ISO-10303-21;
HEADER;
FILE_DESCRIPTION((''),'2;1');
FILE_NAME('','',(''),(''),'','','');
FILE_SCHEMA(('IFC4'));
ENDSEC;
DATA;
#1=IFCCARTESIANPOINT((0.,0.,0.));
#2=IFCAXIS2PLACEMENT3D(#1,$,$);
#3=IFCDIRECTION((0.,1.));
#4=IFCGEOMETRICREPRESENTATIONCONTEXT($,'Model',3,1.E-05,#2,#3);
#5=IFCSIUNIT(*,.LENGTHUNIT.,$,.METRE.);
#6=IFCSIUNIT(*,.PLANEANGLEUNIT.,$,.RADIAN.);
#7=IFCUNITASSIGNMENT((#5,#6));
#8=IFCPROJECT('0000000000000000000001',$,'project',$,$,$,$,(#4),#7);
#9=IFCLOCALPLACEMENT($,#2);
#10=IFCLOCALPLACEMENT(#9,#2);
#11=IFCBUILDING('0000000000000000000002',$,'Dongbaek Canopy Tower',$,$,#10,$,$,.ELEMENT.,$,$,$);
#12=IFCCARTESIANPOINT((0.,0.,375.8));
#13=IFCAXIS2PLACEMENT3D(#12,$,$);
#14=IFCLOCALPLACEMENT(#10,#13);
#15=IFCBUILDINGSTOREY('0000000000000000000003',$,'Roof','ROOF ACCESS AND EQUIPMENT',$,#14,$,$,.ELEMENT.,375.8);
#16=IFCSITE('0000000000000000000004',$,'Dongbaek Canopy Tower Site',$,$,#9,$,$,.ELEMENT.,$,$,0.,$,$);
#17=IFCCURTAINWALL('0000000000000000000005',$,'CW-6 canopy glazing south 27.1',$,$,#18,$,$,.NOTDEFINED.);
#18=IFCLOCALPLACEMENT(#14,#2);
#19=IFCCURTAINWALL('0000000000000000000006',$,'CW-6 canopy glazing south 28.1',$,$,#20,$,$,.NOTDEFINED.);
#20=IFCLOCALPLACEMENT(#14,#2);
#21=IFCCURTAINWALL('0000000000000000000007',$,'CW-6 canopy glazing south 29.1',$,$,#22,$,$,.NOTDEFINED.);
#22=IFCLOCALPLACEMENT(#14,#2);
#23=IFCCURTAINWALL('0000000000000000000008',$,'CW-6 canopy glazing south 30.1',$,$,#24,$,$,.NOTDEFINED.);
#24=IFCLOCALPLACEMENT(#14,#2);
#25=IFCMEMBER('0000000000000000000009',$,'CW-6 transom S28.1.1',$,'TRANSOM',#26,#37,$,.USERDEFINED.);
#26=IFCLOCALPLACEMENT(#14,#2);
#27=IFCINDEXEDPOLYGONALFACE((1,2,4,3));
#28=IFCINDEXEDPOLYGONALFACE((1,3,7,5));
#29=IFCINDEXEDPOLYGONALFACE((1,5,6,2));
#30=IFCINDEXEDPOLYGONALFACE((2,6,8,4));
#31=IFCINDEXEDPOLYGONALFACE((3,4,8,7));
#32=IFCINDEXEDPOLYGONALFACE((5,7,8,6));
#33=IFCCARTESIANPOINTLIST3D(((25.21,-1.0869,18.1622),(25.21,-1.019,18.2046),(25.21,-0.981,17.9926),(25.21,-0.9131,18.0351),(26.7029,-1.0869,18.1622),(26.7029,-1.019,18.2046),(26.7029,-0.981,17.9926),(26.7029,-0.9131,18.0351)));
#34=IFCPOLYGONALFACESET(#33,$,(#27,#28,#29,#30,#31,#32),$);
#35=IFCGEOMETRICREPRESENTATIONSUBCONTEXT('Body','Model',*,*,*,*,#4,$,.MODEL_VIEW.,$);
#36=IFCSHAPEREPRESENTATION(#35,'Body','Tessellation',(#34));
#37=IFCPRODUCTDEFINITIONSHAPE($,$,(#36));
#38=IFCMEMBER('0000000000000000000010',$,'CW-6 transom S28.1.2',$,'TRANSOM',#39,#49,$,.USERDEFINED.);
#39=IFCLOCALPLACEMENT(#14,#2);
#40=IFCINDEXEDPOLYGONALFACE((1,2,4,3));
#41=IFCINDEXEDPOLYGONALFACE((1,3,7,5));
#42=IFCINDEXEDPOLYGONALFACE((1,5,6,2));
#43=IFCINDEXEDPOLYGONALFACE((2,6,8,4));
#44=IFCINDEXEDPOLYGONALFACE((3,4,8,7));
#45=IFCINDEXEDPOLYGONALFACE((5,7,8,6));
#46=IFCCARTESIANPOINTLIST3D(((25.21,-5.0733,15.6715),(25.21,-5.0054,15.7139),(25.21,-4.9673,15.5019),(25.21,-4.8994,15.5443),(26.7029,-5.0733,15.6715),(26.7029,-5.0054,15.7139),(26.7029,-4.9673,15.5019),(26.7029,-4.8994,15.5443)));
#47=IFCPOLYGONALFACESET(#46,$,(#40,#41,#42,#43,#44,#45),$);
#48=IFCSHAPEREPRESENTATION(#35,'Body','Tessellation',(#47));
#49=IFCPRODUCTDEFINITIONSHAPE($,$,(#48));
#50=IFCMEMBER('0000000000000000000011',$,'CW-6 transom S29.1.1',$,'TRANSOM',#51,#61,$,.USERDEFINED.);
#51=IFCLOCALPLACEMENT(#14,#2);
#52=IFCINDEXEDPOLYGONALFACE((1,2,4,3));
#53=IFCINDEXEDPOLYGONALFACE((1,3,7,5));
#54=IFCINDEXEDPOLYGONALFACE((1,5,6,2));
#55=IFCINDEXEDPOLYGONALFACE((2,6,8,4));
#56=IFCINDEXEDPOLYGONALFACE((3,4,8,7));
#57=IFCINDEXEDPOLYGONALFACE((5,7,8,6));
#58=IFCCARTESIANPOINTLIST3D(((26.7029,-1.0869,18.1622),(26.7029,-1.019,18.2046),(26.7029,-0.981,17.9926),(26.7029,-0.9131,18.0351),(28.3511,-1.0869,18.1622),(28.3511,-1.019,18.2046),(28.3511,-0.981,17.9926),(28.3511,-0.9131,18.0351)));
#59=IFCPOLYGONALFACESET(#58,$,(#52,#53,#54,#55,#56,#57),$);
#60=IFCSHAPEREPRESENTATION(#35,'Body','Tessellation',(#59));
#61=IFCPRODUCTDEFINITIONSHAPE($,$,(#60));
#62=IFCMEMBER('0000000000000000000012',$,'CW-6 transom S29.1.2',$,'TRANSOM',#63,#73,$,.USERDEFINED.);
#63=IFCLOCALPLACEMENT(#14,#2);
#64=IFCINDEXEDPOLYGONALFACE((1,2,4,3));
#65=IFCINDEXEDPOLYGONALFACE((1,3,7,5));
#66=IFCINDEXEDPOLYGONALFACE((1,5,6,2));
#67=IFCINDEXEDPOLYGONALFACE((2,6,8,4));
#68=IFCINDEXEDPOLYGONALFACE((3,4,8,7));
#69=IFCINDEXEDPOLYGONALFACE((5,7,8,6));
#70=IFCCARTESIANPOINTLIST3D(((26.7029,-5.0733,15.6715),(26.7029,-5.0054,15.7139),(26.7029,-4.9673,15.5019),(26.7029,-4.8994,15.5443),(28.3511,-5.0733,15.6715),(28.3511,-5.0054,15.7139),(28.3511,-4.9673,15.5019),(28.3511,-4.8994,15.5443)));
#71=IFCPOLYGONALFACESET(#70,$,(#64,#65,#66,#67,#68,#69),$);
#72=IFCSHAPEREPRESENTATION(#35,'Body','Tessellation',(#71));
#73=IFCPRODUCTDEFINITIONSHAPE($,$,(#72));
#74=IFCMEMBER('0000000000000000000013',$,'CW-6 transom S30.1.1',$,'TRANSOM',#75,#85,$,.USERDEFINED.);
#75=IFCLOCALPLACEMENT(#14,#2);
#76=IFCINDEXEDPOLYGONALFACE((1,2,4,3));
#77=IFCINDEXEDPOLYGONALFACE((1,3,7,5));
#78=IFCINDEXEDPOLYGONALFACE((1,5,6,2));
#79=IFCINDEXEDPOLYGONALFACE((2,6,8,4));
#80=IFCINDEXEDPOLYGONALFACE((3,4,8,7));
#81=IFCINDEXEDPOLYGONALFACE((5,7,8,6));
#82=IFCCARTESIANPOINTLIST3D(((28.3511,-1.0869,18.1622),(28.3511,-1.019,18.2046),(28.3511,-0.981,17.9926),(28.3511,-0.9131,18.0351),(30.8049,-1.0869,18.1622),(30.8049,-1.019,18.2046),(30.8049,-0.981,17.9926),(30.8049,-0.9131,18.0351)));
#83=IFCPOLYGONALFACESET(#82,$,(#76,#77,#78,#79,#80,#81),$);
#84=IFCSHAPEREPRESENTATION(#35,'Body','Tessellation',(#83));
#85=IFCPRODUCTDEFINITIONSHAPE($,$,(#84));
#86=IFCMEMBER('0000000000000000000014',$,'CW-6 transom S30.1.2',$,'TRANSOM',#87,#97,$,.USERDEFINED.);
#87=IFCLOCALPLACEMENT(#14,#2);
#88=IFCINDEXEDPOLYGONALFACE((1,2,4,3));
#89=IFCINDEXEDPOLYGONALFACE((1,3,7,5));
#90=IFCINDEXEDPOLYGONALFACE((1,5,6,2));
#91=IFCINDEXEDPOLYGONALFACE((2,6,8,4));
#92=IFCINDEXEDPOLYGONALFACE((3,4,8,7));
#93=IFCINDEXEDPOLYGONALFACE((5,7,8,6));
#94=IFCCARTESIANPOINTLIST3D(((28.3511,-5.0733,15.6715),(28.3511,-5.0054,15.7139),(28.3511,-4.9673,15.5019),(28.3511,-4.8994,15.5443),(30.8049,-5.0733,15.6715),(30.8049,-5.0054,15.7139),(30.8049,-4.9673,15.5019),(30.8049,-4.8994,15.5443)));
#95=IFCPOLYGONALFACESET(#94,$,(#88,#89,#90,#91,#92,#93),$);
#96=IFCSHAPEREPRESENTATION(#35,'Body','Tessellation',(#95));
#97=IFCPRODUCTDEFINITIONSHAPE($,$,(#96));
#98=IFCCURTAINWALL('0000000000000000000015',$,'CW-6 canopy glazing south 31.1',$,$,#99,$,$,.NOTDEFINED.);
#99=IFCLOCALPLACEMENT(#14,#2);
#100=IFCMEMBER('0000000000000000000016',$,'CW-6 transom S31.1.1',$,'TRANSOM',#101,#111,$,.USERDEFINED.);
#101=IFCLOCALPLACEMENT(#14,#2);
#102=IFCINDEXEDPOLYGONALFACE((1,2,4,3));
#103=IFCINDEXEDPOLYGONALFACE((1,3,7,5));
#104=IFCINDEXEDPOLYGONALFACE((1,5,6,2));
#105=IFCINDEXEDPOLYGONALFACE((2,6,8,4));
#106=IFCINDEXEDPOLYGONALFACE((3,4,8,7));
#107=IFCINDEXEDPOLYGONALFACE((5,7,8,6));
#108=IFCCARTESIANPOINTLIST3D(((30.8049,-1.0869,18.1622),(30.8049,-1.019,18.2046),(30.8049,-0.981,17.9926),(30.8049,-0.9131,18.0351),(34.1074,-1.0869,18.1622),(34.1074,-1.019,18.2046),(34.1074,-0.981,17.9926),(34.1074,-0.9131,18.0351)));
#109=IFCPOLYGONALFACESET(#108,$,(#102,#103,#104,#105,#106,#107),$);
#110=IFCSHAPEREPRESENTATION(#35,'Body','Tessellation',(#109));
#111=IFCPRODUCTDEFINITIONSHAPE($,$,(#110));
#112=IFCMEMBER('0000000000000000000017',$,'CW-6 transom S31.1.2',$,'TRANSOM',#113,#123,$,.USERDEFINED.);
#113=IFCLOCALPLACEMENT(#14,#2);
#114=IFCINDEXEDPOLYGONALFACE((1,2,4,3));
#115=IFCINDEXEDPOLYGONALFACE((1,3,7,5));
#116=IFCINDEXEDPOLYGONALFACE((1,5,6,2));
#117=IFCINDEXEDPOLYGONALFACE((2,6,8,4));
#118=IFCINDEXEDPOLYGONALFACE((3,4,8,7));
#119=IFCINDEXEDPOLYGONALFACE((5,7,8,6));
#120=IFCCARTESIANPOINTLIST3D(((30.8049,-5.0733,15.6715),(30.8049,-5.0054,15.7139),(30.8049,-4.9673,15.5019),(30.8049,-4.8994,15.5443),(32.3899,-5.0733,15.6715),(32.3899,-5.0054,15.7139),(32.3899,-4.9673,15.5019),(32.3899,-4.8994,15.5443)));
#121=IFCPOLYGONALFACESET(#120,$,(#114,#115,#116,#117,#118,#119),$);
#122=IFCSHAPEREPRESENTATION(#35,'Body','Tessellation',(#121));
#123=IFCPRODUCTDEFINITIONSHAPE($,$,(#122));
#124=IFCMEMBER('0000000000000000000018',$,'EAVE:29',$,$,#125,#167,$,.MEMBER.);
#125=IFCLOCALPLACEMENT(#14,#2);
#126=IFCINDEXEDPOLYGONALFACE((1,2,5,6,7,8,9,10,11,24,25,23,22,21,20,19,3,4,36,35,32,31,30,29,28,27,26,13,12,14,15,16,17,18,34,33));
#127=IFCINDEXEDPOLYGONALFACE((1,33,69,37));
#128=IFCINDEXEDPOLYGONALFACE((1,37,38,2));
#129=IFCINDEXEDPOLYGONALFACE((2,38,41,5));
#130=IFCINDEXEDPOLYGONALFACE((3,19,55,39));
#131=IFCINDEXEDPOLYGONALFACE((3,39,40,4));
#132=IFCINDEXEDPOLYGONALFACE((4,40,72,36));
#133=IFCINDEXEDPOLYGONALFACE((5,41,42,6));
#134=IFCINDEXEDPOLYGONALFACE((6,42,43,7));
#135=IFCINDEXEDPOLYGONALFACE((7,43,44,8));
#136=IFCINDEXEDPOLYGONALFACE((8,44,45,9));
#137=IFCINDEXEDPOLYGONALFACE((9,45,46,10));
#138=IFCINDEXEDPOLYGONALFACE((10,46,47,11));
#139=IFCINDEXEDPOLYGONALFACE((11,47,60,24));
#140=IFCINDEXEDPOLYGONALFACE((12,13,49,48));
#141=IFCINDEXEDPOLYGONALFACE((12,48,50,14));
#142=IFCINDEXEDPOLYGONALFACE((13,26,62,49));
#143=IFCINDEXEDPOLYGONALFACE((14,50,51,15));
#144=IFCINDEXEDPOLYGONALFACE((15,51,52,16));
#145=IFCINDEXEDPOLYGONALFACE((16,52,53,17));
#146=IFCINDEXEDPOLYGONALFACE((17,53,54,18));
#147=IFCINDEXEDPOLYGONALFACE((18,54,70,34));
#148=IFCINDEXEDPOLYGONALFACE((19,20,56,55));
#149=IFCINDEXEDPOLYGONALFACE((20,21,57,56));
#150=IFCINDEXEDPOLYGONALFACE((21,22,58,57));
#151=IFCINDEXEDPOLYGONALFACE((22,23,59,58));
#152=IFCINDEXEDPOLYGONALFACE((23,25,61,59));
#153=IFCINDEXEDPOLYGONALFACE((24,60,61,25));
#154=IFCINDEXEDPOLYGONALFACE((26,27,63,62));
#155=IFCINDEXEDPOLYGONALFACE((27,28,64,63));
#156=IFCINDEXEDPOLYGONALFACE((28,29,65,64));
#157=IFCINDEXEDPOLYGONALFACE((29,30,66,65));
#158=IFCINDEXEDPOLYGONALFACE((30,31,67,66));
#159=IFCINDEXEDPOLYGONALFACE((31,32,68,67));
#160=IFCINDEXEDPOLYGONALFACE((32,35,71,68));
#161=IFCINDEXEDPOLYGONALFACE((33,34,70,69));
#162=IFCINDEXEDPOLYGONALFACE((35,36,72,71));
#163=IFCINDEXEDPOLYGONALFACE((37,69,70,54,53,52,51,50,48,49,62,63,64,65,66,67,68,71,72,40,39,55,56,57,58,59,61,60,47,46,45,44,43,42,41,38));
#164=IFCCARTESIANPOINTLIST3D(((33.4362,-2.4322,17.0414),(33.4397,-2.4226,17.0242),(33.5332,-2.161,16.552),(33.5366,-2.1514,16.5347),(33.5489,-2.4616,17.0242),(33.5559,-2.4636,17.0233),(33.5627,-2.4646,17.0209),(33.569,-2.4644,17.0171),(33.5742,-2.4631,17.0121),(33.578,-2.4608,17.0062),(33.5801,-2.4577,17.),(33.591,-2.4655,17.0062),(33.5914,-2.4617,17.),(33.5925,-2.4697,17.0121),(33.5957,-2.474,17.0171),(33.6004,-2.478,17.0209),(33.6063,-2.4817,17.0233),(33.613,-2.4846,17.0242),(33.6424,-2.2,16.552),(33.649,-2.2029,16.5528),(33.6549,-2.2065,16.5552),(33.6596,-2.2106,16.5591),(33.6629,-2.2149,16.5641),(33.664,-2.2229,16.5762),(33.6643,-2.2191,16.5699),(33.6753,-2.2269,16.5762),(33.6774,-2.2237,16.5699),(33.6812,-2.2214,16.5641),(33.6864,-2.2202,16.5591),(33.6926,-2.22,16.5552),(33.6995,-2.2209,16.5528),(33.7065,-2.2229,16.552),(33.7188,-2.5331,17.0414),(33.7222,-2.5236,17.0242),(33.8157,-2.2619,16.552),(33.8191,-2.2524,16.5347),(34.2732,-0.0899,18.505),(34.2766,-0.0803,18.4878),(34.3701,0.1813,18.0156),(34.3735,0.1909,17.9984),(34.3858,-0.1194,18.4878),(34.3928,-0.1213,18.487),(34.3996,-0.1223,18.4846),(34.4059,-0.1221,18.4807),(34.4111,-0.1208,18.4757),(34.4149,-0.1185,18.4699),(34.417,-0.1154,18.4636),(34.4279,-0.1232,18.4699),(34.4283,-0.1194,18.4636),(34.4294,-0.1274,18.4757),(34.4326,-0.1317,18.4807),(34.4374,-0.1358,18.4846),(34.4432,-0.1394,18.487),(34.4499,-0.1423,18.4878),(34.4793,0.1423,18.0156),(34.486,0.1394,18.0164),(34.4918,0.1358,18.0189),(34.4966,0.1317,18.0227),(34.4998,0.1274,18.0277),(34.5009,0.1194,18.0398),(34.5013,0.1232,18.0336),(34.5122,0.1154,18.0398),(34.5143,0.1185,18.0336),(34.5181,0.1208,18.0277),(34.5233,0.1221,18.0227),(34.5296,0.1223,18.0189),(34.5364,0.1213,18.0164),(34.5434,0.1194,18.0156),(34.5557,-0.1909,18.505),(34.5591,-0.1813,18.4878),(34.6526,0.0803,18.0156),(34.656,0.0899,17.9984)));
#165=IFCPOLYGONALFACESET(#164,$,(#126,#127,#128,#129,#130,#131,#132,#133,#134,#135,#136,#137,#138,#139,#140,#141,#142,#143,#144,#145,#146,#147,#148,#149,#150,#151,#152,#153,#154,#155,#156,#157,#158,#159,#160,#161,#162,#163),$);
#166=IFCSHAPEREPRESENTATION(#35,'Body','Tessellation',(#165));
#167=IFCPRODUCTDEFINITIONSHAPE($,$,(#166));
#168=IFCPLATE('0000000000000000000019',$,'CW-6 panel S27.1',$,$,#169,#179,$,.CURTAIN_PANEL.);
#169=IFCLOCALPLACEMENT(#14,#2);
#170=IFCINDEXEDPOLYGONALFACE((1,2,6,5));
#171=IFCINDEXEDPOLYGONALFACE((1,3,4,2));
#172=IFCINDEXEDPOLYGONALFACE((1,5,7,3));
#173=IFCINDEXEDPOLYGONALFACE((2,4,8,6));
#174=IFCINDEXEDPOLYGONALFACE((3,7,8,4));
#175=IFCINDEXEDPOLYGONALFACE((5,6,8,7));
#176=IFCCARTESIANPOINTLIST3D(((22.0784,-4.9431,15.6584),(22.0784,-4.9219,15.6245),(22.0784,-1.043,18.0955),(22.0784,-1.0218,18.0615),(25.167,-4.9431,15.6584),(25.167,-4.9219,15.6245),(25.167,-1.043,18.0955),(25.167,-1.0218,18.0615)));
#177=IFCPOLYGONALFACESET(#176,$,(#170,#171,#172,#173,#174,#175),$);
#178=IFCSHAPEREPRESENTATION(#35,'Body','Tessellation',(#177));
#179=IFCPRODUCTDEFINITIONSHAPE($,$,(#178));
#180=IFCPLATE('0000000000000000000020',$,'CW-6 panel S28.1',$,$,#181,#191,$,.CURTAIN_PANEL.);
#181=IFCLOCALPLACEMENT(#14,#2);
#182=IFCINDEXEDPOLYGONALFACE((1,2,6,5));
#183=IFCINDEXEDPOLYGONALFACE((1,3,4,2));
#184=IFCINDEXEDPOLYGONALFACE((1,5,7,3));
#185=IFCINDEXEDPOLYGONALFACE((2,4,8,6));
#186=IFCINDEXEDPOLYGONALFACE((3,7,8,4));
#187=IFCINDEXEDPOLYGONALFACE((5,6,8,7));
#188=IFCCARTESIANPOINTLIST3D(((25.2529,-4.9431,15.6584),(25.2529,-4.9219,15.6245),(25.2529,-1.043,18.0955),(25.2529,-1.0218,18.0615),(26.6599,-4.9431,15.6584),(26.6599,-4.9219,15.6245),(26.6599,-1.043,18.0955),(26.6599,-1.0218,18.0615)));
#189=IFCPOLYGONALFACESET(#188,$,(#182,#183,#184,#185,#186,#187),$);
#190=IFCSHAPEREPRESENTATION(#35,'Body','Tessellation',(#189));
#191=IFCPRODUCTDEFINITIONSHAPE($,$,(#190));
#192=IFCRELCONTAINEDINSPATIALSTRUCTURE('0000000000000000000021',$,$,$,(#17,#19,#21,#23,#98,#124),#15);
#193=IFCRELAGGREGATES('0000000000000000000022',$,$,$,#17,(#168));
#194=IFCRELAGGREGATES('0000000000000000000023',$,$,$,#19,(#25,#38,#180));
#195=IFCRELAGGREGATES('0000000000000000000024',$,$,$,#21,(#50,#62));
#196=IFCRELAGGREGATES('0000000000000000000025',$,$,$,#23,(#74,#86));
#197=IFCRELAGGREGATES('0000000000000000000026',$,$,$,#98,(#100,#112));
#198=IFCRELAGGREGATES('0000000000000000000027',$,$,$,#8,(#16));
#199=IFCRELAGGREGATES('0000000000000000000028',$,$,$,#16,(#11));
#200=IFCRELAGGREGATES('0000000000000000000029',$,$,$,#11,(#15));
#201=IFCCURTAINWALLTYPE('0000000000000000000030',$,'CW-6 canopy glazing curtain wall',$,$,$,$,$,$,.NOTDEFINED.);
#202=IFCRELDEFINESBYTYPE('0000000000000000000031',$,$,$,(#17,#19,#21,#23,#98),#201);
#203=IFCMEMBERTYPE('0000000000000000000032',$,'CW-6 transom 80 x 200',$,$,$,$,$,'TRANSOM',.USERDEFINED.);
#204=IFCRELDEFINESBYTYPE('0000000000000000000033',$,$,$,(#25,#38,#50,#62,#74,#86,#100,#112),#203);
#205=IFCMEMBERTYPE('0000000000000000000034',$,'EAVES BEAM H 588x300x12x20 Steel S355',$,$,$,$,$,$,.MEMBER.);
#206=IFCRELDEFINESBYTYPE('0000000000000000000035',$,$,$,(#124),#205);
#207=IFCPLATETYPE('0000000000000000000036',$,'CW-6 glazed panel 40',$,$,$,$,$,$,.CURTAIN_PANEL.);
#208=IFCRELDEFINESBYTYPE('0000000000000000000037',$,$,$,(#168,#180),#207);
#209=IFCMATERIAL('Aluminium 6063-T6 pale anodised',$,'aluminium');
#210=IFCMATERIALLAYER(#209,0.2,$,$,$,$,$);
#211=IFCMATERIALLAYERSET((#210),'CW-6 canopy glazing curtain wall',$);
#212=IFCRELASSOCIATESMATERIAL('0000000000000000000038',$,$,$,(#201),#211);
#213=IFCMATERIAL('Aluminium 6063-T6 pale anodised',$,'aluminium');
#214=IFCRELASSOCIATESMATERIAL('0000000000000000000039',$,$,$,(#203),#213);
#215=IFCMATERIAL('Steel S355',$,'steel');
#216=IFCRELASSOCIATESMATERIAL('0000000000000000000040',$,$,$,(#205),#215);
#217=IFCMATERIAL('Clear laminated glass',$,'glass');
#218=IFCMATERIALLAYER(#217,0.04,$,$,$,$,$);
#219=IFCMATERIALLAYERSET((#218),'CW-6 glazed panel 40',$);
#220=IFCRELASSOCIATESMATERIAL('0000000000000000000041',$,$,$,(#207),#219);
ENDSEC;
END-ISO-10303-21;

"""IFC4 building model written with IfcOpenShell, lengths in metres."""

from ifc_helpers import new_model, si_unit, direction, frame, origin, origin_2d, place, context, subcontext, project, spatial, polyline, rectangle, i_section, outline, extrude, material, layer, layer_set, material_profile, profile_set, type_object, element, aggregate, save


model = new_model("IFC4")

# Units and contexts
model_context = context("Model", 3, precision=1e-05, world=origin(), true_north=direction((0.0, 1.0)))
body_context = subcontext(model_context, "Body", "Model", "MODEL_VIEW")
ifc_project = project(units=[si_unit("LENGTHUNIT", "METRE"), si_unit("PLANEANGLEUNIT", "RADIAN")], contexts=[model_context])

# Site, building, storey
site_placement = place(None, origin())
site = spatial("IfcSite", under=ifc_project, at=site_placement, Name="Dongbaek Canopy Tower Site", CompositionType="ELEMENT", RefElevation=0.0)
building_placement = place(site_placement, origin())
building = spatial("IfcBuilding", under=site, at=building_placement, Name="Dongbaek Canopy Tower", CompositionType="ELEMENT")
storey_placement = place(building_placement, frame((0.0, 0.0, 375.8)))
storey = spatial("IfcBuildingStorey", under=building, at=storey_placement, Name="Roof", Description="ROOF ACCESS AND EQUIPMENT", CompositionType="ELEMENT", Elevation=375.8)

# Curtain walls
ifc_material_1 = material(Name="Aluminium 6063-T6 pale anodised", Category="aluminium")
ifc_layer_1 = layer(ifc_material_1, 0.2)
ifc_layer_set_1 = layer_set([ifc_layer_1], Name="CW-6 canopy glazing curtain wall")
curtain_wall_type = type_object("IfcCurtainWallType", Name="CW-6 canopy glazing curtain wall", PredefinedType="NOTDEFINED", material=ifc_layer_set_1)
curtain_wall_1_placement = place(storey_placement, origin())
curtain_wall_1 = element("IfcCurtainWall", 1, at=curtain_wall_1_placement, inside=storey, type_object=curtain_wall_type, Name="CW-6 canopy glazing south 27.1", PredefinedType="NOTDEFINED")
curtain_wall_2_placement = place(storey_placement, origin())
curtain_wall_2 = element("IfcCurtainWall", 2, at=curtain_wall_2_placement, inside=storey, type_object=curtain_wall_type, Name="CW-6 canopy glazing south 28.1", PredefinedType="NOTDEFINED")
curtain_wall_3_placement = place(storey_placement, origin())
curtain_wall_3 = element("IfcCurtainWall", 3, at=curtain_wall_3_placement, inside=storey, type_object=curtain_wall_type, Name="CW-6 canopy glazing south 29.1", PredefinedType="NOTDEFINED")
curtain_wall_4_placement = place(storey_placement, origin())
curtain_wall_4 = element("IfcCurtainWall", 4, at=curtain_wall_4_placement, inside=storey, type_object=curtain_wall_type, Name="CW-6 canopy glazing south 30.1", PredefinedType="NOTDEFINED")

# Members
ifc_material_2 = material(Name="Aluminium 6063-T6 pale anodised", Category="aluminium")
ifc_material_profile_1 = material_profile(ifc_material_2, rectangle(XDim=0.0801, YDim=0.2, at=origin_2d()), Name="CW-6 transom 80 x 200")
ifc_profile_set_1 = profile_set([ifc_material_profile_1], Name="Aluminium 6063-T6 pale anodised")
member_type_1 = type_object("IfcMemberType", Name="CW-6 transom 80 x 200", ElementType="TRANSOM", PredefinedType="USERDEFINED", material=ifc_profile_set_1)
member_1_placement = place(storey_placement, frame((25.21, -1.0, 18.0986), z_axis=(1.0, 0.0, 0.0), x_axis=(0.0, 0.848048, 0.529919)))
member_1 = element("IfcMember", 5, at=member_1_placement, type_object=member_type_1, Name="CW-6 transom S28.1.1", ObjectType="TRANSOM", PredefinedType="USERDEFINED", context=body_context, shape_type="SweptSolid", body=[
    extrude(rectangle(XDim=0.0801, YDim=0.2, at=origin_2d()), origin(), (0.0, 0.0, 1.0), 1.4929),
])
member_2_placement = place(storey_placement, frame((25.21, -4.9863, 15.6079), z_axis=(1.0, 0.0, 0.0), x_axis=(0.0, 0.848048, 0.529919)))
member_2 = element("IfcMember", 6, at=member_2_placement, type_object=member_type_1, Name="CW-6 transom S28.1.2", ObjectType="TRANSOM", PredefinedType="USERDEFINED", context=body_context, shape_type="SweptSolid", body=[
    extrude(rectangle(XDim=0.0801, YDim=0.2, at=origin_2d()), origin(), (0.0, 0.0, 1.0), 1.4929),
])
member_3_placement = place(storey_placement, frame((26.7029, -1.0, 18.0986), z_axis=(1.0, 0.0, 0.0), x_axis=(0.0, 0.848048, 0.529919)))
member_3 = element("IfcMember", 7, at=member_3_placement, type_object=member_type_1, Name="CW-6 transom S29.1.1", ObjectType="TRANSOM", PredefinedType="USERDEFINED", context=body_context, shape_type="SweptSolid", body=[
    extrude(rectangle(XDim=0.0801, YDim=0.2, at=origin_2d()), origin(), (0.0, 0.0, 1.0), 1.6482),
])
member_4_placement = place(storey_placement, frame((26.7029, -4.9863, 15.6079), z_axis=(1.0, 0.0, 0.0), x_axis=(0.0, 0.848048, 0.529919)))
member_4 = element("IfcMember", 8, at=member_4_placement, type_object=member_type_1, Name="CW-6 transom S29.1.2", ObjectType="TRANSOM", PredefinedType="USERDEFINED", context=body_context, shape_type="SweptSolid", body=[
    extrude(rectangle(XDim=0.0801, YDim=0.2, at=origin_2d()), origin(), (0.0, 0.0, 1.0), 1.6482),
])
member_5_placement = place(storey_placement, frame((28.3511, -1.0, 18.0986), z_axis=(1.0, 0.0, 0.0), x_axis=(0.0, 0.848048, 0.529919)))
member_5 = element("IfcMember", 9, at=member_5_placement, type_object=member_type_1, Name="CW-6 transom S30.1.1", ObjectType="TRANSOM", PredefinedType="USERDEFINED", context=body_context, shape_type="SweptSolid", body=[
    extrude(rectangle(XDim=0.0801, YDim=0.2, at=origin_2d()), origin(), (0.0, 0.0, 1.0), 2.4539),
])
member_6_placement = place(storey_placement, frame((28.3511, -4.9863, 15.6079), z_axis=(1.0, 0.0, 0.0), x_axis=(0.0, 0.848048, 0.529919)))
member_6 = element("IfcMember", 10, at=member_6_placement, type_object=member_type_1, Name="CW-6 transom S30.1.2", ObjectType="TRANSOM", PredefinedType="USERDEFINED", context=body_context, shape_type="SweptSolid", body=[
    extrude(rectangle(XDim=0.0801, YDim=0.2, at=origin_2d()), origin(), (0.0, 0.0, 1.0), 2.4539),
])

# Curtain wall, members
curtain_wall_5_placement = place(storey_placement, origin())
curtain_wall_5 = element("IfcCurtainWall", 11, at=curtain_wall_5_placement, inside=storey, type_object=curtain_wall_type, Name="CW-6 canopy glazing south 31.1", PredefinedType="NOTDEFINED")
member_7_placement = place(storey_placement, frame((30.8049, -1.0, 18.0986), z_axis=(1.0, 0.0, 0.0), x_axis=(0.0, 0.848048, 0.529919)))
member_7 = element("IfcMember", 12, at=member_7_placement, type_object=member_type_1, Name="CW-6 transom S31.1.1", ObjectType="TRANSOM", PredefinedType="USERDEFINED", context=body_context, shape_type="SweptSolid", body=[
    extrude(rectangle(XDim=0.0801, YDim=0.2, at=origin_2d()), origin(), (0.0, 0.0, 1.0), 3.3025),
])
member_8_placement = place(storey_placement, frame((30.8049, -4.9863, 15.6079), z_axis=(1.0, 0.0, 0.0), x_axis=(0.0, 0.848048, 0.529919)))
member_8 = element("IfcMember", 13, at=member_8_placement, type_object=member_type_1, Name="CW-6 transom S31.1.2", ObjectType="TRANSOM", PredefinedType="USERDEFINED", context=body_context, shape_type="SweptSolid", body=[
    extrude(rectangle(XDim=0.0801, YDim=0.2, at=origin_2d()), origin(), (0.0, 0.0, 1.0), 1.585),
])

# Member
ifc_material_3 = material(Name="Steel S355", Category="steel")
ifc_material_profile_2 = material_profile(ifc_material_3, i_section(OverallWidth=0.3, OverallDepth=0.5879, WebThickness=0.012, FlangeThickness=0.02, FilletRadius=0.0281, at=origin_2d()), Name="EAVES BEAM H 588x300x12x20 Steel S355")
ifc_profile_set_2 = profile_set([ifc_material_profile_2], Name="Steel S355")
member_type_2 = type_object("IfcMemberType", Name="EAVES BEAM H 588x300x12x20 Steel S355", PredefinedType="MEMBER", material=ifc_profile_set_2)
member_9_placement = place(storey_placement, frame((33.6277, -2.3423, 16.7881), z_axis=(0.289992, 0.811606, 0.507148), x_axis=(-0.941693, 0.336473, 0.0)))
element("IfcMember", 14, at=member_9_placement, inside=storey, type_object=member_type_2, Name="EAVE:29", PredefinedType="MEMBER", context=body_context, shape_type="SweptSolid", body=[
    extrude(i_section(OverallWidth=0.3, OverallDepth=0.5879, WebThickness=0.012, FlangeThickness=0.02, FilletRadius=0.0281, at=origin_2d()), origin(), (0.0, 0.0, 1.0), 2.886),
])

# Plates
ifc_material_4 = material(Name="Clear laminated glass", Category="glass")
ifc_layer_2 = layer(ifc_material_4, 0.04)
ifc_layer_set_2 = layer_set([ifc_layer_2], Name="CW-6 glazed panel 40")
plate_type = type_object("IfcPlateType", Name="CW-6 glazed panel 40", PredefinedType="CURTAIN_PANEL", material=ifc_layer_set_2)
plate_1_placement = place(storey_placement, frame((25.167, -4.9431, 15.6584), z_axis=(0.0, -0.529908, 0.848055), x_axis=(-1.0, 0.0, 0.0)))
plate_1 = element("IfcPlate", 15, at=plate_1_placement, type_object=plate_type, Name="CW-6 panel S27.1", PredefinedType="CURTAIN_PANEL", context=body_context, shape_type="SweptSolid", body=[
    extrude(outline(polyline([(0.0, 0.0), (3.0886, 0.0), (3.0886, -4.5989), (0.0, -4.5989), (0.0, 0.0)])), origin(), (0.0, 0.0, -1.0), 0.04),
])
aggregate(curtain_wall_1, [plate_1])
plate_2_placement = place(storey_placement, frame((26.6599, -4.9431, 15.6584), z_axis=(0.0, -0.529908, 0.848055), x_axis=(-1.0, 0.0, 0.0)))
plate_2 = element("IfcPlate", 16, at=plate_2_placement, type_object=plate_type, Name="CW-6 panel S28.1", PredefinedType="CURTAIN_PANEL", context=body_context, shape_type="SweptSolid", body=[
    extrude(outline(polyline([(0.0, 0.0), (1.407, 0.0), (1.407, -4.5989), (0.0, -4.5989), (0.0, 0.0)])), origin(), (0.0, 0.0, -1.0), 0.04),
])
aggregate(curtain_wall_2, [member_1, member_2, plate_2])
aggregate(curtain_wall_3, [member_3, member_4])
aggregate(curtain_wall_4, [member_5, member_6])
aggregate(curtain_wall_5, [member_7, member_8])

save(model, "model.ifc")
